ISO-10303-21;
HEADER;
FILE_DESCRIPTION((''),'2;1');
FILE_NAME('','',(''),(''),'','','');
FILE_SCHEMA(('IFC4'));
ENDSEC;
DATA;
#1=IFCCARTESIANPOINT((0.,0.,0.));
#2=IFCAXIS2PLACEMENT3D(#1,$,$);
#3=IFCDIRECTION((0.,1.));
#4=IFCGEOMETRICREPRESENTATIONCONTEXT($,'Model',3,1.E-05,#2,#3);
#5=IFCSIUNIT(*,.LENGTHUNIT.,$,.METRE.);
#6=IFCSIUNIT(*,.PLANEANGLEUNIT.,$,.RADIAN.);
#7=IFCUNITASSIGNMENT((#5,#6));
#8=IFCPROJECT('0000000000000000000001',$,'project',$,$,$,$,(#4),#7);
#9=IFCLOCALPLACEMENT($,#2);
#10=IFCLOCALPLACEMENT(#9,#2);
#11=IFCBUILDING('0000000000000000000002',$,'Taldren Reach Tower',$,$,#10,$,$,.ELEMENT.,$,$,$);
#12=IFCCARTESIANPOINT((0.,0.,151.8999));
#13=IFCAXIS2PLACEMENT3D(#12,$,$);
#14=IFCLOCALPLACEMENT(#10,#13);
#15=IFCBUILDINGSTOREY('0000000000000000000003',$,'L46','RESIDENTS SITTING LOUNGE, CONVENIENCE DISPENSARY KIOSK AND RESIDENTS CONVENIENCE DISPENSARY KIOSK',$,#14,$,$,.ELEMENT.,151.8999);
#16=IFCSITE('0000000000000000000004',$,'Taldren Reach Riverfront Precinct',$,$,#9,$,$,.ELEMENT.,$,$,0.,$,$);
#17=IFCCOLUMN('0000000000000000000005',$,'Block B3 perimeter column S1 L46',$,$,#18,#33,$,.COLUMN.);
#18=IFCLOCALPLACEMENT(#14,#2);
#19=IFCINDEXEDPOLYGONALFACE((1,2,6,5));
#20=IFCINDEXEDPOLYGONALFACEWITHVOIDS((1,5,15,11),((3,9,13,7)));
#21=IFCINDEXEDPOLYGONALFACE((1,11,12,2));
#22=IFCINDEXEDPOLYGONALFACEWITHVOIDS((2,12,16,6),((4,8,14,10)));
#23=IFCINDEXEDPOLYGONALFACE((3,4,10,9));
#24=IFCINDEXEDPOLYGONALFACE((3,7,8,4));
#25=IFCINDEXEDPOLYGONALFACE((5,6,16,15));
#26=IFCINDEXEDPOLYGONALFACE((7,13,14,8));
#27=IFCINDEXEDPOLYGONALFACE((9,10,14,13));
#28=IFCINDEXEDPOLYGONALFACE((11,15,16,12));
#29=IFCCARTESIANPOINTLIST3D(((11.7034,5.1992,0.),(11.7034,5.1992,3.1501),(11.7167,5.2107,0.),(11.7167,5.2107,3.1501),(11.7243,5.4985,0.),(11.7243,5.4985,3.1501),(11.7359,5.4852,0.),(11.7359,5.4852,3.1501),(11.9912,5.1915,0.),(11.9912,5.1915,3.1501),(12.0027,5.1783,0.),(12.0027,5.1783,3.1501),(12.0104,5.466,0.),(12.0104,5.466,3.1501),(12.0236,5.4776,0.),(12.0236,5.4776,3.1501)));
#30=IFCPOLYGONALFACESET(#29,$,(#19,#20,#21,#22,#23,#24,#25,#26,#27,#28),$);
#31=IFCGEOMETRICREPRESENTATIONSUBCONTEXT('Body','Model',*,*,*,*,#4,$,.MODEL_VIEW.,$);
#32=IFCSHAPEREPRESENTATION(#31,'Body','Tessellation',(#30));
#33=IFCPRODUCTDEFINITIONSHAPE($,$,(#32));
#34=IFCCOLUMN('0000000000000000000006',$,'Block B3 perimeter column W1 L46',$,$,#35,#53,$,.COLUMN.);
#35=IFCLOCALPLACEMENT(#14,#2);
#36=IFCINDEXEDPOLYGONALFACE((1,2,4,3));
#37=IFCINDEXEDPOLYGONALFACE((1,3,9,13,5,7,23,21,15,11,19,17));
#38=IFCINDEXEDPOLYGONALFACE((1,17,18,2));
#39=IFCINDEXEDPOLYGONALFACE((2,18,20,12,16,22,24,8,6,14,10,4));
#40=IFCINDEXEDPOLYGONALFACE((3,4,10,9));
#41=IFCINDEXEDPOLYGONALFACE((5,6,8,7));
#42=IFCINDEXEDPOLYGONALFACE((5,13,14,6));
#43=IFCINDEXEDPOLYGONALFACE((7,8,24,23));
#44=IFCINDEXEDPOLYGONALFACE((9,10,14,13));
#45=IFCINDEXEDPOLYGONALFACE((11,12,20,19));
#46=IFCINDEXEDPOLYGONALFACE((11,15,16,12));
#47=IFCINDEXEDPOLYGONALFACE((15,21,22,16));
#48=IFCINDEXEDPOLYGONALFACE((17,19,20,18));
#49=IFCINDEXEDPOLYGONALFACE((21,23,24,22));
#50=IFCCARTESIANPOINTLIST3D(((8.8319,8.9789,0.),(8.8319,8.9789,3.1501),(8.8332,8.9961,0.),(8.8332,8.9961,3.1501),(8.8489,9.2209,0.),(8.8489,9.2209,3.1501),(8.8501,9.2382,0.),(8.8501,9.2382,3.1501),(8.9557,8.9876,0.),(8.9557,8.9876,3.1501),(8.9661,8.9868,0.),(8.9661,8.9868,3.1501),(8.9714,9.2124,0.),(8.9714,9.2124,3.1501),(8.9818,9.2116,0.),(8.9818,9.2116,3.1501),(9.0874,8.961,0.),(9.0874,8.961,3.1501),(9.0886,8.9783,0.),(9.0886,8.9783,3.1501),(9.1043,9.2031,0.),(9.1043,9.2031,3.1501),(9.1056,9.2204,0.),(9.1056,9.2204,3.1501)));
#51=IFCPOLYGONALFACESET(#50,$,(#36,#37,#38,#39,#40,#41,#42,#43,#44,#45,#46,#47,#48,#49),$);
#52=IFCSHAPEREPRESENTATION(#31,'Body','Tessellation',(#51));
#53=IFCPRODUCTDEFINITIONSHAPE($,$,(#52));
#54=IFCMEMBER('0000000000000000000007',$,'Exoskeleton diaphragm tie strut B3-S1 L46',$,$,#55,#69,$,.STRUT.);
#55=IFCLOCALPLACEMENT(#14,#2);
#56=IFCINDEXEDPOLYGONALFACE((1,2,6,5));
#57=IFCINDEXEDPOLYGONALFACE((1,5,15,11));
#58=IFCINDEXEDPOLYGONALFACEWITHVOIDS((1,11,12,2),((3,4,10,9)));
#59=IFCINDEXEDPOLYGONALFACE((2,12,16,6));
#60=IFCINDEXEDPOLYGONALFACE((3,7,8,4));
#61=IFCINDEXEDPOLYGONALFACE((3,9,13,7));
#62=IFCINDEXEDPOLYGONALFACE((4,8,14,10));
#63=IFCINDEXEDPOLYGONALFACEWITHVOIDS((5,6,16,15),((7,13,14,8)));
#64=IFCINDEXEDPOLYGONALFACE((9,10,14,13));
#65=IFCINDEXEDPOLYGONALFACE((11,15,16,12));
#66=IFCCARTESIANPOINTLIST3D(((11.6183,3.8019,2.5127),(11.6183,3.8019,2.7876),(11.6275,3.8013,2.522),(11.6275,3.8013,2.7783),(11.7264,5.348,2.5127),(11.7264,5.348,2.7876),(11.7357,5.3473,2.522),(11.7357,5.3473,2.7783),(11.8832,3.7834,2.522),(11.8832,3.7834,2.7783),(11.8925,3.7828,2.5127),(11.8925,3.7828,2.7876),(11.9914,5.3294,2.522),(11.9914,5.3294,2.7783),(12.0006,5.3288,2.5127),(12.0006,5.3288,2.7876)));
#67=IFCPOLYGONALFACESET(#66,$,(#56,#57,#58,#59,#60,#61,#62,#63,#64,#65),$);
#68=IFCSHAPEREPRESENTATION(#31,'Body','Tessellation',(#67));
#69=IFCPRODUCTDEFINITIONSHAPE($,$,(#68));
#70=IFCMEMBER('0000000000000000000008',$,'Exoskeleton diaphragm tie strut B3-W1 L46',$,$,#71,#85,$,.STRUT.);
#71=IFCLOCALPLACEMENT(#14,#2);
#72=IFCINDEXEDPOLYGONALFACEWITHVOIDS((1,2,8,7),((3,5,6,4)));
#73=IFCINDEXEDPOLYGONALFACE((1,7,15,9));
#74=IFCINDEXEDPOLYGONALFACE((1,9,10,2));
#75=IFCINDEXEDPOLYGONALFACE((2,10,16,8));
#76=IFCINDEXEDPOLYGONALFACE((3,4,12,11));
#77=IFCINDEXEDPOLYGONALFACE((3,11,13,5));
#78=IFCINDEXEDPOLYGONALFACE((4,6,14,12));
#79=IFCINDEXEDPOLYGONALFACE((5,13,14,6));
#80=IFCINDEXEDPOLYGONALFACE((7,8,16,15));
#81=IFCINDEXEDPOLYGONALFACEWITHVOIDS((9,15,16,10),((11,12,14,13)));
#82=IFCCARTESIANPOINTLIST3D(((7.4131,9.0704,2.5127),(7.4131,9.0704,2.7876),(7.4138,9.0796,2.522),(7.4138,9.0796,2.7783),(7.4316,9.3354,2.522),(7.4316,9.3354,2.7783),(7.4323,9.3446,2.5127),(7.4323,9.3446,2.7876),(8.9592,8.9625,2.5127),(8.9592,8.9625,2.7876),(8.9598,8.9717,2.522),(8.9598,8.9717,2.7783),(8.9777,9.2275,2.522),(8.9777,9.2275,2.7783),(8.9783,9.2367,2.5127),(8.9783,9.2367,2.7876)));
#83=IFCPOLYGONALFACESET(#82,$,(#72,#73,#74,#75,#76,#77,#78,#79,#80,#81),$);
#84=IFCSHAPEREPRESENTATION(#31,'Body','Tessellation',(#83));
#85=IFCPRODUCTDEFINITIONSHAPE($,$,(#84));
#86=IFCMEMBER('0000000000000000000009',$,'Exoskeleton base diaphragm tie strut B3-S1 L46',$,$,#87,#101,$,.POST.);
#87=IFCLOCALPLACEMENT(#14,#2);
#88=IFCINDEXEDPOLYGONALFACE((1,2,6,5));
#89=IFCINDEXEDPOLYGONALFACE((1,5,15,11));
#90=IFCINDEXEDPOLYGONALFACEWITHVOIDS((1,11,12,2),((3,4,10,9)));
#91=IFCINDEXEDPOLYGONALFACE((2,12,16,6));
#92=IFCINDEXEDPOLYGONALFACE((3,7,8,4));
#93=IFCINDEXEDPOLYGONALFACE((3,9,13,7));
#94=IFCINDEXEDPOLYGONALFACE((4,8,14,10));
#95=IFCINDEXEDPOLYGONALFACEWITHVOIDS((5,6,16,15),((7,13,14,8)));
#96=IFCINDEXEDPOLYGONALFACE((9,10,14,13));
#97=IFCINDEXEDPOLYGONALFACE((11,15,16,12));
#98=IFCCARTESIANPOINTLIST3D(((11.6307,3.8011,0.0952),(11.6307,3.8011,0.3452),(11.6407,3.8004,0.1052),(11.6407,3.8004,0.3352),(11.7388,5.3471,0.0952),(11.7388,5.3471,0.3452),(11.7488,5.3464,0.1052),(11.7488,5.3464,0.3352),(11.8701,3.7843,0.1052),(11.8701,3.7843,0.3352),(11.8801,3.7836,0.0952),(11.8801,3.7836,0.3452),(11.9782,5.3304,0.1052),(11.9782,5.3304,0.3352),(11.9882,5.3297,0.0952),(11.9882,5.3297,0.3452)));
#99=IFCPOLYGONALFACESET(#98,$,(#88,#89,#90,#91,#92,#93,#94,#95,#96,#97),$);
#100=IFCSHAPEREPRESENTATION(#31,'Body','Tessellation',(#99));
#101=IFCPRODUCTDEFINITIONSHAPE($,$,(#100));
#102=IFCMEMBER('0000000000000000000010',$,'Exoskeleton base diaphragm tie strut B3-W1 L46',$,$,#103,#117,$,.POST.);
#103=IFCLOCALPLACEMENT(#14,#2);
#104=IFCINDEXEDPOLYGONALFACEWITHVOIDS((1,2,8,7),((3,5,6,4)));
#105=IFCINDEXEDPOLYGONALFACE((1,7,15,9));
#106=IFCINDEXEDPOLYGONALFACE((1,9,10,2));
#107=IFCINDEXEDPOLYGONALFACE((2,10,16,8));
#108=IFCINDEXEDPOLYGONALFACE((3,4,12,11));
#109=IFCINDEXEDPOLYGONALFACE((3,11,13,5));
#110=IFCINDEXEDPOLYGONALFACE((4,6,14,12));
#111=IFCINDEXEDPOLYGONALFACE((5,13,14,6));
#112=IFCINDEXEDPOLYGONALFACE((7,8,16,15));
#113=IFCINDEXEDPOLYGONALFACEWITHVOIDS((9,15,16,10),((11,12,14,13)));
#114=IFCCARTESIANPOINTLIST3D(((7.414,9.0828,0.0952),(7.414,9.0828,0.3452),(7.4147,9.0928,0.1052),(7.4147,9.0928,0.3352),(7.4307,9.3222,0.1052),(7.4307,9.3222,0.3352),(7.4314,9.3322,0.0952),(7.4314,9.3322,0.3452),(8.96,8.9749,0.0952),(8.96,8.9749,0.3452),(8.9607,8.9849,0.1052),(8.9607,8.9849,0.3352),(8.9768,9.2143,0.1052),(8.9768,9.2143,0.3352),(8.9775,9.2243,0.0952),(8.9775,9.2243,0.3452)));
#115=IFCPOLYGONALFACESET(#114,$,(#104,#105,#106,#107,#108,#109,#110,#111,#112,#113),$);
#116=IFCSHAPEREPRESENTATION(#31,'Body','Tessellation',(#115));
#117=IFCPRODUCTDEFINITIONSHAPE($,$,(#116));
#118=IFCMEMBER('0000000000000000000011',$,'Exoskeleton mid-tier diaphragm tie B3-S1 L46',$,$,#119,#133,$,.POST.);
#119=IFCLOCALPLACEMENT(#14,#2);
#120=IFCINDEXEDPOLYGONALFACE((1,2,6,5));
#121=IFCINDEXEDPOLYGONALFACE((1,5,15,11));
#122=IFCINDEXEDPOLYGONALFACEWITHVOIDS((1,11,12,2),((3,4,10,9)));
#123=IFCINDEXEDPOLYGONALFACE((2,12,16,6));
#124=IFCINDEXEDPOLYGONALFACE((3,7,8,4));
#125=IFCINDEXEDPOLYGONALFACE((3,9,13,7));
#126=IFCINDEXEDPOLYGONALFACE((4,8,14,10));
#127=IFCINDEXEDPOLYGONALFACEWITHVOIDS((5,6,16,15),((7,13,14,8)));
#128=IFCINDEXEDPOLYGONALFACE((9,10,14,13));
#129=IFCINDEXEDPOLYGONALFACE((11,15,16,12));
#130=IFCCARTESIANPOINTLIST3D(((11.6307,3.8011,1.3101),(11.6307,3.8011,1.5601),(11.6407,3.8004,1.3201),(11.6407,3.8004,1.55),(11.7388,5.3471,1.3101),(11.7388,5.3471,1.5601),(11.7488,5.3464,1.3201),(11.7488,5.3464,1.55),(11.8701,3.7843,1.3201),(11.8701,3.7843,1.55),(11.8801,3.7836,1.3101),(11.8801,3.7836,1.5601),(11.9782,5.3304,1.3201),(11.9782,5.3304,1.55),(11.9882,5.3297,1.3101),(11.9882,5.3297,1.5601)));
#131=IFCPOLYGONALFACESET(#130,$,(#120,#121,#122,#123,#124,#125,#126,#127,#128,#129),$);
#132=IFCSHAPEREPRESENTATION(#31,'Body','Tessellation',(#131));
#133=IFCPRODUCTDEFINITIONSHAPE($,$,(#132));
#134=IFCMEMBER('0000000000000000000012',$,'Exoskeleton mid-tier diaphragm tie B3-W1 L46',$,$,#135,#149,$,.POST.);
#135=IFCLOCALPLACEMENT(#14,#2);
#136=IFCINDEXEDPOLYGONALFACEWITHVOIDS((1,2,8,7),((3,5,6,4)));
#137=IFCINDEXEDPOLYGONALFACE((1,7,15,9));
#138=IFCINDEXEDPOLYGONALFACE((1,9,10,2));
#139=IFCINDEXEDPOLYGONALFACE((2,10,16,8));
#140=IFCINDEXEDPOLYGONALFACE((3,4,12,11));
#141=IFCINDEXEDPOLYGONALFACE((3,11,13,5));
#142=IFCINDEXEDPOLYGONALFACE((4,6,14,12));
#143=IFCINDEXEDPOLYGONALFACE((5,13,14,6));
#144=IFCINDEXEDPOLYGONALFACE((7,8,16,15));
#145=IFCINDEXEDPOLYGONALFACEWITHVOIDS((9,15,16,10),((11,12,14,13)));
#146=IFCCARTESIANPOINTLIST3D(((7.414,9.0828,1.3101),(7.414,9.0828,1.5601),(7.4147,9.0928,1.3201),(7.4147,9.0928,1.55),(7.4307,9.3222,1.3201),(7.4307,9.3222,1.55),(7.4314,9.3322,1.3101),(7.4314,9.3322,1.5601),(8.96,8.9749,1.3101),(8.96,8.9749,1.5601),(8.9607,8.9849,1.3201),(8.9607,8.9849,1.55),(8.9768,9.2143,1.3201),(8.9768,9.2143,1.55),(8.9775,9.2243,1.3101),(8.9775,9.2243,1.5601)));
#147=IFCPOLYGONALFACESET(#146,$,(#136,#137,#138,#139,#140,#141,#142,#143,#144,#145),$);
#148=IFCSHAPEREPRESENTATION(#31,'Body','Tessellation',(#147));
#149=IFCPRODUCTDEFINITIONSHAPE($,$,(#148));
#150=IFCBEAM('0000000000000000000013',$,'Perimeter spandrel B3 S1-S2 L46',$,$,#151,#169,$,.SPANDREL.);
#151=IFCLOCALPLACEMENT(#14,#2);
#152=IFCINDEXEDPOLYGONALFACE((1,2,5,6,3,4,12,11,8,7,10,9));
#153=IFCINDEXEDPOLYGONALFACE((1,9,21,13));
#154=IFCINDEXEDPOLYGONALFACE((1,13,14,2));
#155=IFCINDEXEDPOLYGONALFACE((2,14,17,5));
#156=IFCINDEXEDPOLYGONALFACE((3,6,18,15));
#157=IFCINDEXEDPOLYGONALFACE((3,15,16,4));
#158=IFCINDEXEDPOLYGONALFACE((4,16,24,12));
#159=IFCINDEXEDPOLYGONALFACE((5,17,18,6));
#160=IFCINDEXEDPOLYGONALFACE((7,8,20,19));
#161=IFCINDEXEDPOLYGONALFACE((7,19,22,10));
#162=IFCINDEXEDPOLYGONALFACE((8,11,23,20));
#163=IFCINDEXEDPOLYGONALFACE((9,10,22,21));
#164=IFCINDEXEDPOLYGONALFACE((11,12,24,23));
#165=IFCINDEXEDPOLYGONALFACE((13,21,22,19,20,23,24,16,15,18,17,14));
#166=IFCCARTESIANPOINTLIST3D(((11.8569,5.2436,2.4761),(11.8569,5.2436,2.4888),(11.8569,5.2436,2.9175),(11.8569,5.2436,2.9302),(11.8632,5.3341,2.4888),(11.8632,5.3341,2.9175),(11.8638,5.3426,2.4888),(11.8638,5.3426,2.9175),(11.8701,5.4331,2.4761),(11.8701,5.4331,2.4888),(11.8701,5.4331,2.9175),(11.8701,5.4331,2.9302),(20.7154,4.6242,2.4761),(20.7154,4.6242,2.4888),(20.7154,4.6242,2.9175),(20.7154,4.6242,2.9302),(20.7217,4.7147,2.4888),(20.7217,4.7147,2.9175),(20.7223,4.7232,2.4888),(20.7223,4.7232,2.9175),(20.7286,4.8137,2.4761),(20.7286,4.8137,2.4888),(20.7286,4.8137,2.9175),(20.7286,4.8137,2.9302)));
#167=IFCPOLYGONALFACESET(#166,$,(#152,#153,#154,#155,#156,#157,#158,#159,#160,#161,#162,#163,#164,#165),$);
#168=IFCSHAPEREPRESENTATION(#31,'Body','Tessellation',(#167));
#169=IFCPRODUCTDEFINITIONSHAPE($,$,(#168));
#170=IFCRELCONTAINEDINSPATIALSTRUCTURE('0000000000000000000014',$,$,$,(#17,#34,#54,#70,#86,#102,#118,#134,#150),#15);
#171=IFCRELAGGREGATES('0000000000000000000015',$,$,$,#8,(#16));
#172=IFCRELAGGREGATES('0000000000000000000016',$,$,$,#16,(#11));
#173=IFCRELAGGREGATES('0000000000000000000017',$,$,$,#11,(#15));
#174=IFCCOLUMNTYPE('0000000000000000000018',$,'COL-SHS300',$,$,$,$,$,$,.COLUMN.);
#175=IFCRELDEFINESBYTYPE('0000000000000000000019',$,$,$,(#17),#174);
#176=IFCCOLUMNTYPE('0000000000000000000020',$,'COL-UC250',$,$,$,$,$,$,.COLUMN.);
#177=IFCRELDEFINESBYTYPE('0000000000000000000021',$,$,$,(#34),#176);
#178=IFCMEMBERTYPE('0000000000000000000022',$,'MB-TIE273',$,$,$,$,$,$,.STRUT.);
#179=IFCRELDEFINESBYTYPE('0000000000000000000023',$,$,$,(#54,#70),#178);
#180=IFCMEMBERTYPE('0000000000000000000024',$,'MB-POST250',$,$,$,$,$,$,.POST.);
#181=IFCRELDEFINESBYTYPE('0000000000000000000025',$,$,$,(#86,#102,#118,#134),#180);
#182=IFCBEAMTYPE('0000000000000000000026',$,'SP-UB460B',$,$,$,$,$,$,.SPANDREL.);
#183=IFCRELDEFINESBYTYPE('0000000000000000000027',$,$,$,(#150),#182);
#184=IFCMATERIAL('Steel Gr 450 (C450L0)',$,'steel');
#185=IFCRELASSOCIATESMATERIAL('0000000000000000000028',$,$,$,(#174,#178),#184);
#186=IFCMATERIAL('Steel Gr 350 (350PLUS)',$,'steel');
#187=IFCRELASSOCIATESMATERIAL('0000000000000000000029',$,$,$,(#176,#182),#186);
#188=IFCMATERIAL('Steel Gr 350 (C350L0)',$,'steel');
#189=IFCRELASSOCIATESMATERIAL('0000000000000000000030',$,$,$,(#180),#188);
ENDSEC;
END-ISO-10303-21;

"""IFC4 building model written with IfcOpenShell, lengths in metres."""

from ifc_helpers import new_model, si_unit, direction, frame, origin, origin_2d, place, context, subcontext, project, spatial, hollow_rectangle, i_section, extrude, source, transform, mapped, material, material_profile, profile_set, type_object, element, save


model = new_model("IFC4")

# Units and contexts
model_context = context("Model", 3, precision=1e-05, world=origin(), true_north=direction((0.0, 1.0)))
body_context = subcontext(model_context, "Body", "Model", "MODEL_VIEW")
ifc_project = project(units=[si_unit("LENGTHUNIT", "METRE"), si_unit("PLANEANGLEUNIT", "RADIAN")], contexts=[model_context])

# Site, building, storey
site_placement = place(None, origin())
site = spatial("IfcSite", under=ifc_project, at=site_placement, Name="Taldren Reach Riverfront Precinct", CompositionType="ELEMENT", RefElevation=0.0)
building_placement = place(site_placement, origin())
building = spatial("IfcBuilding", under=site, at=building_placement, Name="Taldren Reach Tower", CompositionType="ELEMENT")
storey_placement = place(building_placement, frame((0.0, 0.0, 151.8999)))
storey = spatial("IfcBuildingStorey", under=building, at=storey_placement, Name="L46", Description="RESIDENTS SITTING LOUNGE, CONVENIENCE DISPENSARY KIOSK AND RESIDENTS CONVENIENCE DISPENSARY KIOSK", CompositionType="ELEMENT", Elevation=151.8999)

# Columns
ifc_material_1 = material(Name="Steel Gr 450 (C450L0)", Category="steel")
ifc_material_profile_1 = material_profile(ifc_material_1, hollow_rectangle(XDim=0.3, YDim=0.3, WallThickness=0.0125, at=origin_2d()), Name="300x300x12.5SHS")
ifc_profile_set_1 = profile_set([ifc_material_profile_1], Name="Steel Gr 450 (C450L0)")
column_type_1 = type_object("IfcColumnType", Name="COL-SHS300", PredefinedType="COLUMN", material=ifc_profile_set_1)
shared_shape_1 = source(origin(), body_context, "Body", "SweptSolid", [
    extrude(hollow_rectangle(XDim=0.3, YDim=0.3, WallThickness=0.0125, at=origin_2d()), origin(), (0.0, 0.0, 1.0), 3.1501),
])
column_1_placement = place(storey_placement, frame((11.8635, 5.3384, 0.0), z_axis=(0.0, 0.0, 1.0), x_axis=(0.997564, -0.069756, 0.0)))
element("IfcColumn", 1, at=column_1_placement, inside=storey, type_object=column_type_1, Name="Block B3 perimeter column S1 L46", PredefinedType="COLUMN", context=body_context, shape_type="MappedRepresentation", body=[
    mapped(shared_shape_1, transform((0.0, 0.0, 0.0), scale=1.0)),
])
ifc_material_2 = material(Name="Steel Gr 350 (350PLUS)", Category="steel")
ifc_material_profile_2 = material_profile(ifc_material_2, i_section(OverallWidth=0.2561, OverallDepth=0.26, WebThickness=0.0105, FlangeThickness=0.0173, at=origin_2d()), Name="250UC89.5")
ifc_profile_set_2 = profile_set([ifc_material_profile_2], Name="Steel Gr 350 (350PLUS)")
column_type_2 = type_object("IfcColumnType", Name="COL-UC250", PredefinedType="COLUMN", material=ifc_profile_set_2)
shared_shape_2 = source(origin(), body_context, "Body", "SweptSolid", [
    extrude(i_section(OverallWidth=0.2561, OverallDepth=0.26, WebThickness=0.0105, FlangeThickness=0.0173, at=origin_2d()), origin(), (0.0, 0.0, 1.0), 3.1501),
])
column_2_placement = place(storey_placement, frame((8.9688, 9.0996, 0.0), z_axis=(0.0, 0.0, 1.0), x_axis=(0.997564, -0.069756, 0.0)))
element("IfcColumn", 2, at=column_2_placement, inside=storey, type_object=column_type_2, Name="Block B3 perimeter column W1 L46", PredefinedType="COLUMN", context=body_context, shape_type="MappedRepresentation", body=[
    mapped(shared_shape_2, transform((0.0, 0.0, 0.0), scale=1.0)),
])

# Members
ifc_material_profile_3 = material_profile(ifc_material_1, hollow_rectangle(XDim=0.2749, YDim=0.2749, WallThickness=0.0093, at=origin_2d()), Name="275x275x9.3SHS")
ifc_profile_set_3 = profile_set([ifc_material_profile_3], Name="Steel Gr 450 (C450L0)")
member_type_1 = type_object("IfcMemberType", Name="MB-TIE273", PredefinedType="STRUT", material=ifc_profile_set_3)
shared_shape_3 = source(origin(), body_context, "Body", "SweptSolid", [
    extrude(hollow_rectangle(XDim=0.2749, YDim=0.2749, WallThickness=0.0093, at=origin_2d()), origin(), (0.0, 0.0, 1.0), 1.5498),
])
for number, where, z_axis, x_axis, name in (
    (3, (11.8635, 5.3384, 2.6501), (-0.069781, -0.997562, 0.0), (0.997562, -0.069781, 0.0), "Exoskeleton diaphragm tie strut B3-S1 L46"),
    (4, (8.9688, 9.0996, 2.6501), (-0.997573, 0.069624, 0.0), (-0.069624, -0.997573, 0.0), "Exoskeleton diaphragm tie strut B3-W1 L46"),
):
    element("IfcMember", number, at=place(storey_placement, frame(where, z_axis=z_axis, x_axis=x_axis)), inside=storey, type_object=member_type_1, Name=name, PredefinedType="STRUT", context=body_context, shape_type="MappedRepresentation", body=[
        mapped(shared_shape_3, transform((0.0, 0.0, 0.0), scale=1.0)),
    ])
ifc_material_3 = material(Name="Steel Gr 350 (C350L0)", Category="steel")
ifc_material_profile_4 = material_profile(ifc_material_3, hollow_rectangle(XDim=0.25, YDim=0.25, WallThickness=0.01, at=origin_2d()), Name="250x250x10.0SHS")
ifc_profile_set_4 = profile_set([ifc_material_profile_4], Name="Steel Gr 350 (C350L0)")
member_type_2 = type_object("IfcMemberType", Name="MB-POST250", PredefinedType="POST", material=ifc_profile_set_4)
shared_shape_4 = source(origin(), body_context, "Body", "SweptSolid", [
    extrude(hollow_rectangle(XDim=0.25, YDim=0.25, WallThickness=0.01, at=origin_2d()), origin(), (0.0, 0.0, 1.0), 1.5498),
])
for number, where, z_axis, x_axis, name in (
    (5, (11.8635, 5.3384, 0.2202), (-0.069781, -0.997562, 0.0), (0.997562, -0.069781, 0.0), "Exoskeleton base diaphragm tie strut B3-S1 L46"),
    (6, (8.9688, 9.0996, 0.2202), (-0.997573, 0.069624, 0.0), (-0.069624, -0.997573, 0.0), "Exoskeleton base diaphragm tie strut B3-W1 L46"),
    (7, (11.8635, 5.3384, 1.4351), (-0.069781, -0.997562, 0.0), (0.997562, -0.069781, 0.0), "Exoskeleton mid-tier diaphragm tie B3-S1 L46"),
    (8, (8.9688, 9.0996, 1.4351), (-0.997573, 0.069624, 0.0), (-0.069624, -0.997573, 0.0), "Exoskeleton mid-tier diaphragm tie B3-W1 L46"),
):
    element("IfcMember", number, at=place(storey_placement, frame(where, z_axis=z_axis, x_axis=x_axis)), inside=storey, type_object=member_type_2, Name=name, PredefinedType="POST", context=body_context, shape_type="MappedRepresentation", body=[
        mapped(shared_shape_4, transform((0.0, 0.0, 0.0), scale=1.0)),
    ])

# Beam
ifc_material_profile_5 = material_profile(ifc_material_2, i_section(OverallWidth=0.1899, OverallDepth=0.4541, WebThickness=0.0085, FlangeThickness=0.0127, at=origin_2d()), Name="460UB67.1")
ifc_profile_set_5 = profile_set([ifc_material_profile_5], Name="Steel Gr 350 (350PLUS)")
beam_type_1 = type_object("IfcBeamType", Name="SP-UB460B", PredefinedType="SPANDREL", material=ifc_profile_set_5)
shared_shape_5 = source(origin(), body_context, "Body", "SweptSolid", [
    extrude(i_section(OverallWidth=0.1899, OverallDepth=0.4541, WebThickness=0.0085, FlangeThickness=0.0127, at=origin_2d()), origin(), (0.0, 0.0, 1.0), 8.8801),
])
beam_1_placement = place(storey_placement, frame((11.8635, 5.3384, 2.7031), z_axis=(0.997564, -0.06975, 0.0), x_axis=(0.06975, 0.997564, 0.0)))
element("IfcBeam", 9, at=beam_1_placement, inside=storey, type_object=beam_type_1, Name="Perimeter spandrel B3 S1-S2 L46", PredefinedType="SPANDREL", context=body_context, shape_type="MappedRepresentation", body=[
    mapped(shared_shape_5, transform((0.0, 0.0, 0.0), scale=1.0)),
])

save(model, "model.ifc")
